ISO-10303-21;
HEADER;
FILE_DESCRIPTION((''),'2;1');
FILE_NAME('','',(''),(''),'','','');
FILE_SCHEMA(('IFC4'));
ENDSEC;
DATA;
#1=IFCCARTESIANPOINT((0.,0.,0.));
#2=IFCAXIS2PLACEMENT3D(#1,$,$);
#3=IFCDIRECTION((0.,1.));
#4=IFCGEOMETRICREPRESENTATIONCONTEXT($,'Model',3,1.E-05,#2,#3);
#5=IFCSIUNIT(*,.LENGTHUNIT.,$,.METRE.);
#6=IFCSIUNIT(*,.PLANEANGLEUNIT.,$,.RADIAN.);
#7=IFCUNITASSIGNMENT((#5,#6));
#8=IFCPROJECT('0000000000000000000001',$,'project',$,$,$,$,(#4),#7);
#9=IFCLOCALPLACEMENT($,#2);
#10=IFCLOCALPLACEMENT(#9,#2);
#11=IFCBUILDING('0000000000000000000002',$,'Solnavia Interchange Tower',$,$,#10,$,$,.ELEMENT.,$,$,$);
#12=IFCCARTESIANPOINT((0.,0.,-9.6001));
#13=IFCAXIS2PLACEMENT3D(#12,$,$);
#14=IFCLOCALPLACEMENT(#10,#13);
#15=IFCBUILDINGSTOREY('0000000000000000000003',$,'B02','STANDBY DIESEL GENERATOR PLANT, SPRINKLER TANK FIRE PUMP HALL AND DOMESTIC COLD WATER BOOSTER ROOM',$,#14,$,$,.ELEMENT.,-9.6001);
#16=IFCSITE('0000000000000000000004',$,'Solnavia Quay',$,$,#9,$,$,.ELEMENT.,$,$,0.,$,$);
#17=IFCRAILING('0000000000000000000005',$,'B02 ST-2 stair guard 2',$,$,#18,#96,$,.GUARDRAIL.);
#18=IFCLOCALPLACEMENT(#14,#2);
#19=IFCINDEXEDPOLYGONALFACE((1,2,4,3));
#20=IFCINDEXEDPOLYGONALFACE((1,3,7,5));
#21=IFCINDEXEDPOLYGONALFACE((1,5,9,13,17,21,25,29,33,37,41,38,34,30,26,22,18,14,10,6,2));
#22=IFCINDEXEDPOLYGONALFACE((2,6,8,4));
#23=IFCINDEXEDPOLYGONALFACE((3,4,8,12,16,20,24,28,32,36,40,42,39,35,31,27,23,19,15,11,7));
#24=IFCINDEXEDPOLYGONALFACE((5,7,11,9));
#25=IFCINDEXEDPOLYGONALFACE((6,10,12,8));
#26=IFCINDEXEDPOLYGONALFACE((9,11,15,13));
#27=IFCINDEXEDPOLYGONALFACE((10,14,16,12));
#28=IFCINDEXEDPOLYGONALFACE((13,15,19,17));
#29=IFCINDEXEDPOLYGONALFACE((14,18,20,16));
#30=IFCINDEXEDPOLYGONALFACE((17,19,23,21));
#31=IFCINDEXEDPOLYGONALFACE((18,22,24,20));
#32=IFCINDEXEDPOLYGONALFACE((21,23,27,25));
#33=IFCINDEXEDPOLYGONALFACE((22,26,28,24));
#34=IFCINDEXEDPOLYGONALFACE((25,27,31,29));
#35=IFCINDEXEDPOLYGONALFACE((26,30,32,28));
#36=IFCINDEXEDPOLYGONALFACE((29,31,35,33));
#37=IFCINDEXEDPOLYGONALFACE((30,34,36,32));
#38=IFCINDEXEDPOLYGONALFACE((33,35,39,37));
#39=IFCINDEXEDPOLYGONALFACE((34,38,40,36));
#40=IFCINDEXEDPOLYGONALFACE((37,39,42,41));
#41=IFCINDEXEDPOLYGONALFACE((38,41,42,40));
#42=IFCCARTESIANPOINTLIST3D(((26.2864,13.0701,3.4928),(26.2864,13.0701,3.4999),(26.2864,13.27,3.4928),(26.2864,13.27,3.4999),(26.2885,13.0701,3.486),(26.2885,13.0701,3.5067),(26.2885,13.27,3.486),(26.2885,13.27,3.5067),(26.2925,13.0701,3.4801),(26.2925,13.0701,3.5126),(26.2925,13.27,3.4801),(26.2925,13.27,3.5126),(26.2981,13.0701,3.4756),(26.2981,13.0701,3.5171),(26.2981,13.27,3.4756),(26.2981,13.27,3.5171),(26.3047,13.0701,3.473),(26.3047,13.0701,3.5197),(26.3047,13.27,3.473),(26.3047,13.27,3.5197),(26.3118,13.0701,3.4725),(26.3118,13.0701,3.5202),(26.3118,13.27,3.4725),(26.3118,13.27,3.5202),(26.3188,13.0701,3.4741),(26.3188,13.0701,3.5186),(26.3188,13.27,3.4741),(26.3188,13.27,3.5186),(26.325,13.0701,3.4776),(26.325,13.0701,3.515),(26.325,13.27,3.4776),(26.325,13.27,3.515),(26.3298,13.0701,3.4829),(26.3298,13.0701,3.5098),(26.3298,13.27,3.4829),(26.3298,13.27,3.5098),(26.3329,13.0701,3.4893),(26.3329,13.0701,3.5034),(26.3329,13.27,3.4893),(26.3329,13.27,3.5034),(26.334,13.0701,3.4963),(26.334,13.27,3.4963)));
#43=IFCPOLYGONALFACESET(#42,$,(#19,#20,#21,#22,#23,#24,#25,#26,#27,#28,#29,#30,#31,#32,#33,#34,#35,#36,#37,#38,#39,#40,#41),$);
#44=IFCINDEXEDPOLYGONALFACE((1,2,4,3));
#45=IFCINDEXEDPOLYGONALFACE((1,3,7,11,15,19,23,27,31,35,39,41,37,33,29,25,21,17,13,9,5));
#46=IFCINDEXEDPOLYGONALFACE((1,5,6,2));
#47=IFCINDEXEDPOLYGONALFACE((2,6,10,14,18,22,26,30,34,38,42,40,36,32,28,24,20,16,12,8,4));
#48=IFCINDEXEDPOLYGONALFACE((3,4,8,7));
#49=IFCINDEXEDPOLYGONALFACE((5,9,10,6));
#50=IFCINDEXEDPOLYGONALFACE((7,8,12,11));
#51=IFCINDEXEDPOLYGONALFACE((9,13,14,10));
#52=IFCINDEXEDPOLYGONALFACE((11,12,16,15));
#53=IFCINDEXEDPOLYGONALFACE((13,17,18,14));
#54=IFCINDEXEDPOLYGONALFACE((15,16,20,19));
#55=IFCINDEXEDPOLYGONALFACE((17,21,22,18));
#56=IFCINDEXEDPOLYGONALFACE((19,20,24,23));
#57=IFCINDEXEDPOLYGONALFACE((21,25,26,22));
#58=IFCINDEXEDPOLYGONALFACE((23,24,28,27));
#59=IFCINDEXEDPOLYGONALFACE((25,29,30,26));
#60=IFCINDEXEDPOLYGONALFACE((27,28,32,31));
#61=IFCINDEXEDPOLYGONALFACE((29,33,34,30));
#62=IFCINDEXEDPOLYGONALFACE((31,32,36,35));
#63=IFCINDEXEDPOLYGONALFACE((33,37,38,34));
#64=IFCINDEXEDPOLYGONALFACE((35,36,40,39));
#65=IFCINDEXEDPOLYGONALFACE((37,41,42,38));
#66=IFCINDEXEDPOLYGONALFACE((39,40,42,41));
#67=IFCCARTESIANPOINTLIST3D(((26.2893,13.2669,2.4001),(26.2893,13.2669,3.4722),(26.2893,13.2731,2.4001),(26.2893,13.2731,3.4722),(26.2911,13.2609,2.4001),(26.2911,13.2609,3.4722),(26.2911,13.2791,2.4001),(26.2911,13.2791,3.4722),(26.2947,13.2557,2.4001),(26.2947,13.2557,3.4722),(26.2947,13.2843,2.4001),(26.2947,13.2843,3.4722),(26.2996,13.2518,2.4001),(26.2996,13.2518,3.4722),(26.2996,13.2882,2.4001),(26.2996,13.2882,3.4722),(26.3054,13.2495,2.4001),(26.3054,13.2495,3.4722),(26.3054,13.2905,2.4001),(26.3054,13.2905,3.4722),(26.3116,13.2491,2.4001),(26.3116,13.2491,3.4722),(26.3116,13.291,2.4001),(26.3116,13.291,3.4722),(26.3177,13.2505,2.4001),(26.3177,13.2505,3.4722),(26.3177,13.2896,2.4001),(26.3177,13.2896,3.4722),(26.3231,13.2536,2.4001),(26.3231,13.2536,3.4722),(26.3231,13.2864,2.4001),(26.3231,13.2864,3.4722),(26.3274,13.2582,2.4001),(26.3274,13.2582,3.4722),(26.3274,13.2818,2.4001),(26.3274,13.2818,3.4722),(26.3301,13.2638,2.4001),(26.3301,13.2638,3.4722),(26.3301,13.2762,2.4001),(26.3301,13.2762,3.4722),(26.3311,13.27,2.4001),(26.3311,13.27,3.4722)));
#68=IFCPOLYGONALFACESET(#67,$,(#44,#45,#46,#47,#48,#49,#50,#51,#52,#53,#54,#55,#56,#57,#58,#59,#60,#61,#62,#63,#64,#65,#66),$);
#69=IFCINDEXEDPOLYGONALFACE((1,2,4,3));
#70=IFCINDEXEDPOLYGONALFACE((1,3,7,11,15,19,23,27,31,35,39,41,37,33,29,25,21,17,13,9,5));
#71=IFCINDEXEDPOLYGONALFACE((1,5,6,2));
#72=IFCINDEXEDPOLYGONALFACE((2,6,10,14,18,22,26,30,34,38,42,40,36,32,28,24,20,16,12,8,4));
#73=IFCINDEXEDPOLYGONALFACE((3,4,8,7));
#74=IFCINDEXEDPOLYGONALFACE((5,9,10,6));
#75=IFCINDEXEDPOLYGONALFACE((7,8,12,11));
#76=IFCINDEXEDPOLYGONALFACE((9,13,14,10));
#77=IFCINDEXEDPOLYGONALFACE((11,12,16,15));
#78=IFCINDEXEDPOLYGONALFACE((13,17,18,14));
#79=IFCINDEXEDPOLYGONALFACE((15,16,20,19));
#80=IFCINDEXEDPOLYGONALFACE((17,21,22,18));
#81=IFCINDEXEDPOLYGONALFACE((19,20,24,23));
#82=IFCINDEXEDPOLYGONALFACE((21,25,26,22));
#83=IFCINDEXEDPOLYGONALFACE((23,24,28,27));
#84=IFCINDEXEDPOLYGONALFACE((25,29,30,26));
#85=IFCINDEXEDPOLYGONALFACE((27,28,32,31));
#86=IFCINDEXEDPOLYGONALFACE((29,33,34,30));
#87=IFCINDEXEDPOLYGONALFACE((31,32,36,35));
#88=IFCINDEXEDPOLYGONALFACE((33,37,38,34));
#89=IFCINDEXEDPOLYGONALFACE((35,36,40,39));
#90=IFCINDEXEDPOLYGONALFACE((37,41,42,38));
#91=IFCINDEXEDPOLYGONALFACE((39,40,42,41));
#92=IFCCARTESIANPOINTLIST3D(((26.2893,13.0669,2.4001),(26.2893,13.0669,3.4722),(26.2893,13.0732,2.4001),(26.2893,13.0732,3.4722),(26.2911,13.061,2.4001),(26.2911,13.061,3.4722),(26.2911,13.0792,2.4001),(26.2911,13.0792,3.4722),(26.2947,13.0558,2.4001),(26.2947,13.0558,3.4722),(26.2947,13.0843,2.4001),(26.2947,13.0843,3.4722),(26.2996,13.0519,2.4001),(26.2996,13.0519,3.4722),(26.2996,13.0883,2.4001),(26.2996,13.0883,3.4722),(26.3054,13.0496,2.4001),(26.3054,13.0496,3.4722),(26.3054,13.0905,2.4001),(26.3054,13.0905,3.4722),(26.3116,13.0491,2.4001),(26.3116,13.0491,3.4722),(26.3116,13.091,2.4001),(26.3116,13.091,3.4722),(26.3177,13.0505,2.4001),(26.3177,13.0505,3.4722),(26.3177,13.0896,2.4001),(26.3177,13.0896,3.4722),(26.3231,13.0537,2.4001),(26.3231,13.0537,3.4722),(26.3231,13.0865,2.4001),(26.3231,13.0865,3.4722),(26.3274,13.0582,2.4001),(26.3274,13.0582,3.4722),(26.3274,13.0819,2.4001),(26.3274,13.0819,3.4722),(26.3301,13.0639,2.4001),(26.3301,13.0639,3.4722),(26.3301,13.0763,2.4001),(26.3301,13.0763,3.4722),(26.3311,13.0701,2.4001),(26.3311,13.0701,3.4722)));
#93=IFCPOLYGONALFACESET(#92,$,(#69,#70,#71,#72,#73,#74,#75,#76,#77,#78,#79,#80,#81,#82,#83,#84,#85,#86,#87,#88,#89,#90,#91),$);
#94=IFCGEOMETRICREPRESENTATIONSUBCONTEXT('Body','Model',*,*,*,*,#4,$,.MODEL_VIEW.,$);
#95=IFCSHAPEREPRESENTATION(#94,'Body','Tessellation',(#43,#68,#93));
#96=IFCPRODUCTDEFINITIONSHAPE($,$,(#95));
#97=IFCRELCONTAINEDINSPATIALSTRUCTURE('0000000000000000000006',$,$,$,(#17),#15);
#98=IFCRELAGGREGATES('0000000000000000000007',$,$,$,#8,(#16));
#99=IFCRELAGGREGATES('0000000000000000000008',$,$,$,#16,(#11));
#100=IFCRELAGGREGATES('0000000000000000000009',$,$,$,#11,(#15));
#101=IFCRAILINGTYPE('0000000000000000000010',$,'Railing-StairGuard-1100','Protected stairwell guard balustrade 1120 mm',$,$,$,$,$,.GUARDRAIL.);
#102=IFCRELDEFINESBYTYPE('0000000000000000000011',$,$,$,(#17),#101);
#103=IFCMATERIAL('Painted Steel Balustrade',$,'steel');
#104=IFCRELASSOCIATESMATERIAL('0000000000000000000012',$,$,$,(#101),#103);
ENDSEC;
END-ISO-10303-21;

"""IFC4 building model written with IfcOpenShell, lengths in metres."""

from ifc_helpers import new_model, si_unit, direction, frame, origin, origin_2d, place, context, subcontext, project, spatial, circle, extrude, material, type_object, element, save


model = new_model("IFC4")

# Units and contexts
model_context = context("Model", 3, precision=1e-05, world=origin(), true_north=direction((0.0, 1.0)))
body_context = subcontext(model_context, "Body", "Model", "MODEL_VIEW")
ifc_project = project(units=[si_unit("LENGTHUNIT", "METRE"), si_unit("PLANEANGLEUNIT", "RADIAN")], contexts=[model_context])

# Site, building, storey
site_placement = place(None, origin())
site = spatial("IfcSite", under=ifc_project, at=site_placement, Name="Solnavia Quay", CompositionType="ELEMENT", RefElevation=0.0)
building_placement = place(site_placement, origin())
building = spatial("IfcBuilding", under=site, at=building_placement, Name="Solnavia Interchange Tower", CompositionType="ELEMENT")
storey_placement = place(building_placement, frame((0.0, 0.0, -9.6001)))
storey = spatial("IfcBuildingStorey", under=building, at=storey_placement, Name="B02", Description="STANDBY DIESEL GENERATOR PLANT, SPRINKLER TANK FIRE PUMP HALL AND DOMESTIC COLD WATER BOOSTER ROOM", CompositionType="ELEMENT", Elevation=-9.6001)

# Railing
ifc_material_1 = material(Name="Painted Steel Balustrade", Category="steel")
railing_type_1 = type_object("IfcRailingType", Name="Railing-StairGuard-1100", Description="Protected stairwell guard balustrade 1120 mm", PredefinedType="GUARDRAIL", material=ifc_material_1)
railing_1_placement = place(storey_placement, frame((26.3101, 13.27, 2.4001)))
element("IfcRailing", 1, at=railing_1_placement, inside=storey, type_object=railing_type_1, Name="B02 ST-2 stair guard 2", PredefinedType="GUARDRAIL", context=body_context, shape_type="SweptSolid", body=[
    extrude(circle(Radius=0.0239, at=origin_2d()), frame((0.0, 0.0, 1.0962), z_axis=(0.0, -1.0, 0.0), x_axis=(1.0, 0.0, 0.0)), (0.0, 0.0, 1.0), 0.2),
    extrude(circle(Radius=0.021, at=origin_2d()), origin(), (0.0, 0.0, 1.0), 1.072),
    extrude(circle(Radius=0.021, at=origin_2d()), frame((0.0, -0.2, 0.0)), (0.0, 0.0, 1.0), 1.072),
])

save(model, "model.ifc")
